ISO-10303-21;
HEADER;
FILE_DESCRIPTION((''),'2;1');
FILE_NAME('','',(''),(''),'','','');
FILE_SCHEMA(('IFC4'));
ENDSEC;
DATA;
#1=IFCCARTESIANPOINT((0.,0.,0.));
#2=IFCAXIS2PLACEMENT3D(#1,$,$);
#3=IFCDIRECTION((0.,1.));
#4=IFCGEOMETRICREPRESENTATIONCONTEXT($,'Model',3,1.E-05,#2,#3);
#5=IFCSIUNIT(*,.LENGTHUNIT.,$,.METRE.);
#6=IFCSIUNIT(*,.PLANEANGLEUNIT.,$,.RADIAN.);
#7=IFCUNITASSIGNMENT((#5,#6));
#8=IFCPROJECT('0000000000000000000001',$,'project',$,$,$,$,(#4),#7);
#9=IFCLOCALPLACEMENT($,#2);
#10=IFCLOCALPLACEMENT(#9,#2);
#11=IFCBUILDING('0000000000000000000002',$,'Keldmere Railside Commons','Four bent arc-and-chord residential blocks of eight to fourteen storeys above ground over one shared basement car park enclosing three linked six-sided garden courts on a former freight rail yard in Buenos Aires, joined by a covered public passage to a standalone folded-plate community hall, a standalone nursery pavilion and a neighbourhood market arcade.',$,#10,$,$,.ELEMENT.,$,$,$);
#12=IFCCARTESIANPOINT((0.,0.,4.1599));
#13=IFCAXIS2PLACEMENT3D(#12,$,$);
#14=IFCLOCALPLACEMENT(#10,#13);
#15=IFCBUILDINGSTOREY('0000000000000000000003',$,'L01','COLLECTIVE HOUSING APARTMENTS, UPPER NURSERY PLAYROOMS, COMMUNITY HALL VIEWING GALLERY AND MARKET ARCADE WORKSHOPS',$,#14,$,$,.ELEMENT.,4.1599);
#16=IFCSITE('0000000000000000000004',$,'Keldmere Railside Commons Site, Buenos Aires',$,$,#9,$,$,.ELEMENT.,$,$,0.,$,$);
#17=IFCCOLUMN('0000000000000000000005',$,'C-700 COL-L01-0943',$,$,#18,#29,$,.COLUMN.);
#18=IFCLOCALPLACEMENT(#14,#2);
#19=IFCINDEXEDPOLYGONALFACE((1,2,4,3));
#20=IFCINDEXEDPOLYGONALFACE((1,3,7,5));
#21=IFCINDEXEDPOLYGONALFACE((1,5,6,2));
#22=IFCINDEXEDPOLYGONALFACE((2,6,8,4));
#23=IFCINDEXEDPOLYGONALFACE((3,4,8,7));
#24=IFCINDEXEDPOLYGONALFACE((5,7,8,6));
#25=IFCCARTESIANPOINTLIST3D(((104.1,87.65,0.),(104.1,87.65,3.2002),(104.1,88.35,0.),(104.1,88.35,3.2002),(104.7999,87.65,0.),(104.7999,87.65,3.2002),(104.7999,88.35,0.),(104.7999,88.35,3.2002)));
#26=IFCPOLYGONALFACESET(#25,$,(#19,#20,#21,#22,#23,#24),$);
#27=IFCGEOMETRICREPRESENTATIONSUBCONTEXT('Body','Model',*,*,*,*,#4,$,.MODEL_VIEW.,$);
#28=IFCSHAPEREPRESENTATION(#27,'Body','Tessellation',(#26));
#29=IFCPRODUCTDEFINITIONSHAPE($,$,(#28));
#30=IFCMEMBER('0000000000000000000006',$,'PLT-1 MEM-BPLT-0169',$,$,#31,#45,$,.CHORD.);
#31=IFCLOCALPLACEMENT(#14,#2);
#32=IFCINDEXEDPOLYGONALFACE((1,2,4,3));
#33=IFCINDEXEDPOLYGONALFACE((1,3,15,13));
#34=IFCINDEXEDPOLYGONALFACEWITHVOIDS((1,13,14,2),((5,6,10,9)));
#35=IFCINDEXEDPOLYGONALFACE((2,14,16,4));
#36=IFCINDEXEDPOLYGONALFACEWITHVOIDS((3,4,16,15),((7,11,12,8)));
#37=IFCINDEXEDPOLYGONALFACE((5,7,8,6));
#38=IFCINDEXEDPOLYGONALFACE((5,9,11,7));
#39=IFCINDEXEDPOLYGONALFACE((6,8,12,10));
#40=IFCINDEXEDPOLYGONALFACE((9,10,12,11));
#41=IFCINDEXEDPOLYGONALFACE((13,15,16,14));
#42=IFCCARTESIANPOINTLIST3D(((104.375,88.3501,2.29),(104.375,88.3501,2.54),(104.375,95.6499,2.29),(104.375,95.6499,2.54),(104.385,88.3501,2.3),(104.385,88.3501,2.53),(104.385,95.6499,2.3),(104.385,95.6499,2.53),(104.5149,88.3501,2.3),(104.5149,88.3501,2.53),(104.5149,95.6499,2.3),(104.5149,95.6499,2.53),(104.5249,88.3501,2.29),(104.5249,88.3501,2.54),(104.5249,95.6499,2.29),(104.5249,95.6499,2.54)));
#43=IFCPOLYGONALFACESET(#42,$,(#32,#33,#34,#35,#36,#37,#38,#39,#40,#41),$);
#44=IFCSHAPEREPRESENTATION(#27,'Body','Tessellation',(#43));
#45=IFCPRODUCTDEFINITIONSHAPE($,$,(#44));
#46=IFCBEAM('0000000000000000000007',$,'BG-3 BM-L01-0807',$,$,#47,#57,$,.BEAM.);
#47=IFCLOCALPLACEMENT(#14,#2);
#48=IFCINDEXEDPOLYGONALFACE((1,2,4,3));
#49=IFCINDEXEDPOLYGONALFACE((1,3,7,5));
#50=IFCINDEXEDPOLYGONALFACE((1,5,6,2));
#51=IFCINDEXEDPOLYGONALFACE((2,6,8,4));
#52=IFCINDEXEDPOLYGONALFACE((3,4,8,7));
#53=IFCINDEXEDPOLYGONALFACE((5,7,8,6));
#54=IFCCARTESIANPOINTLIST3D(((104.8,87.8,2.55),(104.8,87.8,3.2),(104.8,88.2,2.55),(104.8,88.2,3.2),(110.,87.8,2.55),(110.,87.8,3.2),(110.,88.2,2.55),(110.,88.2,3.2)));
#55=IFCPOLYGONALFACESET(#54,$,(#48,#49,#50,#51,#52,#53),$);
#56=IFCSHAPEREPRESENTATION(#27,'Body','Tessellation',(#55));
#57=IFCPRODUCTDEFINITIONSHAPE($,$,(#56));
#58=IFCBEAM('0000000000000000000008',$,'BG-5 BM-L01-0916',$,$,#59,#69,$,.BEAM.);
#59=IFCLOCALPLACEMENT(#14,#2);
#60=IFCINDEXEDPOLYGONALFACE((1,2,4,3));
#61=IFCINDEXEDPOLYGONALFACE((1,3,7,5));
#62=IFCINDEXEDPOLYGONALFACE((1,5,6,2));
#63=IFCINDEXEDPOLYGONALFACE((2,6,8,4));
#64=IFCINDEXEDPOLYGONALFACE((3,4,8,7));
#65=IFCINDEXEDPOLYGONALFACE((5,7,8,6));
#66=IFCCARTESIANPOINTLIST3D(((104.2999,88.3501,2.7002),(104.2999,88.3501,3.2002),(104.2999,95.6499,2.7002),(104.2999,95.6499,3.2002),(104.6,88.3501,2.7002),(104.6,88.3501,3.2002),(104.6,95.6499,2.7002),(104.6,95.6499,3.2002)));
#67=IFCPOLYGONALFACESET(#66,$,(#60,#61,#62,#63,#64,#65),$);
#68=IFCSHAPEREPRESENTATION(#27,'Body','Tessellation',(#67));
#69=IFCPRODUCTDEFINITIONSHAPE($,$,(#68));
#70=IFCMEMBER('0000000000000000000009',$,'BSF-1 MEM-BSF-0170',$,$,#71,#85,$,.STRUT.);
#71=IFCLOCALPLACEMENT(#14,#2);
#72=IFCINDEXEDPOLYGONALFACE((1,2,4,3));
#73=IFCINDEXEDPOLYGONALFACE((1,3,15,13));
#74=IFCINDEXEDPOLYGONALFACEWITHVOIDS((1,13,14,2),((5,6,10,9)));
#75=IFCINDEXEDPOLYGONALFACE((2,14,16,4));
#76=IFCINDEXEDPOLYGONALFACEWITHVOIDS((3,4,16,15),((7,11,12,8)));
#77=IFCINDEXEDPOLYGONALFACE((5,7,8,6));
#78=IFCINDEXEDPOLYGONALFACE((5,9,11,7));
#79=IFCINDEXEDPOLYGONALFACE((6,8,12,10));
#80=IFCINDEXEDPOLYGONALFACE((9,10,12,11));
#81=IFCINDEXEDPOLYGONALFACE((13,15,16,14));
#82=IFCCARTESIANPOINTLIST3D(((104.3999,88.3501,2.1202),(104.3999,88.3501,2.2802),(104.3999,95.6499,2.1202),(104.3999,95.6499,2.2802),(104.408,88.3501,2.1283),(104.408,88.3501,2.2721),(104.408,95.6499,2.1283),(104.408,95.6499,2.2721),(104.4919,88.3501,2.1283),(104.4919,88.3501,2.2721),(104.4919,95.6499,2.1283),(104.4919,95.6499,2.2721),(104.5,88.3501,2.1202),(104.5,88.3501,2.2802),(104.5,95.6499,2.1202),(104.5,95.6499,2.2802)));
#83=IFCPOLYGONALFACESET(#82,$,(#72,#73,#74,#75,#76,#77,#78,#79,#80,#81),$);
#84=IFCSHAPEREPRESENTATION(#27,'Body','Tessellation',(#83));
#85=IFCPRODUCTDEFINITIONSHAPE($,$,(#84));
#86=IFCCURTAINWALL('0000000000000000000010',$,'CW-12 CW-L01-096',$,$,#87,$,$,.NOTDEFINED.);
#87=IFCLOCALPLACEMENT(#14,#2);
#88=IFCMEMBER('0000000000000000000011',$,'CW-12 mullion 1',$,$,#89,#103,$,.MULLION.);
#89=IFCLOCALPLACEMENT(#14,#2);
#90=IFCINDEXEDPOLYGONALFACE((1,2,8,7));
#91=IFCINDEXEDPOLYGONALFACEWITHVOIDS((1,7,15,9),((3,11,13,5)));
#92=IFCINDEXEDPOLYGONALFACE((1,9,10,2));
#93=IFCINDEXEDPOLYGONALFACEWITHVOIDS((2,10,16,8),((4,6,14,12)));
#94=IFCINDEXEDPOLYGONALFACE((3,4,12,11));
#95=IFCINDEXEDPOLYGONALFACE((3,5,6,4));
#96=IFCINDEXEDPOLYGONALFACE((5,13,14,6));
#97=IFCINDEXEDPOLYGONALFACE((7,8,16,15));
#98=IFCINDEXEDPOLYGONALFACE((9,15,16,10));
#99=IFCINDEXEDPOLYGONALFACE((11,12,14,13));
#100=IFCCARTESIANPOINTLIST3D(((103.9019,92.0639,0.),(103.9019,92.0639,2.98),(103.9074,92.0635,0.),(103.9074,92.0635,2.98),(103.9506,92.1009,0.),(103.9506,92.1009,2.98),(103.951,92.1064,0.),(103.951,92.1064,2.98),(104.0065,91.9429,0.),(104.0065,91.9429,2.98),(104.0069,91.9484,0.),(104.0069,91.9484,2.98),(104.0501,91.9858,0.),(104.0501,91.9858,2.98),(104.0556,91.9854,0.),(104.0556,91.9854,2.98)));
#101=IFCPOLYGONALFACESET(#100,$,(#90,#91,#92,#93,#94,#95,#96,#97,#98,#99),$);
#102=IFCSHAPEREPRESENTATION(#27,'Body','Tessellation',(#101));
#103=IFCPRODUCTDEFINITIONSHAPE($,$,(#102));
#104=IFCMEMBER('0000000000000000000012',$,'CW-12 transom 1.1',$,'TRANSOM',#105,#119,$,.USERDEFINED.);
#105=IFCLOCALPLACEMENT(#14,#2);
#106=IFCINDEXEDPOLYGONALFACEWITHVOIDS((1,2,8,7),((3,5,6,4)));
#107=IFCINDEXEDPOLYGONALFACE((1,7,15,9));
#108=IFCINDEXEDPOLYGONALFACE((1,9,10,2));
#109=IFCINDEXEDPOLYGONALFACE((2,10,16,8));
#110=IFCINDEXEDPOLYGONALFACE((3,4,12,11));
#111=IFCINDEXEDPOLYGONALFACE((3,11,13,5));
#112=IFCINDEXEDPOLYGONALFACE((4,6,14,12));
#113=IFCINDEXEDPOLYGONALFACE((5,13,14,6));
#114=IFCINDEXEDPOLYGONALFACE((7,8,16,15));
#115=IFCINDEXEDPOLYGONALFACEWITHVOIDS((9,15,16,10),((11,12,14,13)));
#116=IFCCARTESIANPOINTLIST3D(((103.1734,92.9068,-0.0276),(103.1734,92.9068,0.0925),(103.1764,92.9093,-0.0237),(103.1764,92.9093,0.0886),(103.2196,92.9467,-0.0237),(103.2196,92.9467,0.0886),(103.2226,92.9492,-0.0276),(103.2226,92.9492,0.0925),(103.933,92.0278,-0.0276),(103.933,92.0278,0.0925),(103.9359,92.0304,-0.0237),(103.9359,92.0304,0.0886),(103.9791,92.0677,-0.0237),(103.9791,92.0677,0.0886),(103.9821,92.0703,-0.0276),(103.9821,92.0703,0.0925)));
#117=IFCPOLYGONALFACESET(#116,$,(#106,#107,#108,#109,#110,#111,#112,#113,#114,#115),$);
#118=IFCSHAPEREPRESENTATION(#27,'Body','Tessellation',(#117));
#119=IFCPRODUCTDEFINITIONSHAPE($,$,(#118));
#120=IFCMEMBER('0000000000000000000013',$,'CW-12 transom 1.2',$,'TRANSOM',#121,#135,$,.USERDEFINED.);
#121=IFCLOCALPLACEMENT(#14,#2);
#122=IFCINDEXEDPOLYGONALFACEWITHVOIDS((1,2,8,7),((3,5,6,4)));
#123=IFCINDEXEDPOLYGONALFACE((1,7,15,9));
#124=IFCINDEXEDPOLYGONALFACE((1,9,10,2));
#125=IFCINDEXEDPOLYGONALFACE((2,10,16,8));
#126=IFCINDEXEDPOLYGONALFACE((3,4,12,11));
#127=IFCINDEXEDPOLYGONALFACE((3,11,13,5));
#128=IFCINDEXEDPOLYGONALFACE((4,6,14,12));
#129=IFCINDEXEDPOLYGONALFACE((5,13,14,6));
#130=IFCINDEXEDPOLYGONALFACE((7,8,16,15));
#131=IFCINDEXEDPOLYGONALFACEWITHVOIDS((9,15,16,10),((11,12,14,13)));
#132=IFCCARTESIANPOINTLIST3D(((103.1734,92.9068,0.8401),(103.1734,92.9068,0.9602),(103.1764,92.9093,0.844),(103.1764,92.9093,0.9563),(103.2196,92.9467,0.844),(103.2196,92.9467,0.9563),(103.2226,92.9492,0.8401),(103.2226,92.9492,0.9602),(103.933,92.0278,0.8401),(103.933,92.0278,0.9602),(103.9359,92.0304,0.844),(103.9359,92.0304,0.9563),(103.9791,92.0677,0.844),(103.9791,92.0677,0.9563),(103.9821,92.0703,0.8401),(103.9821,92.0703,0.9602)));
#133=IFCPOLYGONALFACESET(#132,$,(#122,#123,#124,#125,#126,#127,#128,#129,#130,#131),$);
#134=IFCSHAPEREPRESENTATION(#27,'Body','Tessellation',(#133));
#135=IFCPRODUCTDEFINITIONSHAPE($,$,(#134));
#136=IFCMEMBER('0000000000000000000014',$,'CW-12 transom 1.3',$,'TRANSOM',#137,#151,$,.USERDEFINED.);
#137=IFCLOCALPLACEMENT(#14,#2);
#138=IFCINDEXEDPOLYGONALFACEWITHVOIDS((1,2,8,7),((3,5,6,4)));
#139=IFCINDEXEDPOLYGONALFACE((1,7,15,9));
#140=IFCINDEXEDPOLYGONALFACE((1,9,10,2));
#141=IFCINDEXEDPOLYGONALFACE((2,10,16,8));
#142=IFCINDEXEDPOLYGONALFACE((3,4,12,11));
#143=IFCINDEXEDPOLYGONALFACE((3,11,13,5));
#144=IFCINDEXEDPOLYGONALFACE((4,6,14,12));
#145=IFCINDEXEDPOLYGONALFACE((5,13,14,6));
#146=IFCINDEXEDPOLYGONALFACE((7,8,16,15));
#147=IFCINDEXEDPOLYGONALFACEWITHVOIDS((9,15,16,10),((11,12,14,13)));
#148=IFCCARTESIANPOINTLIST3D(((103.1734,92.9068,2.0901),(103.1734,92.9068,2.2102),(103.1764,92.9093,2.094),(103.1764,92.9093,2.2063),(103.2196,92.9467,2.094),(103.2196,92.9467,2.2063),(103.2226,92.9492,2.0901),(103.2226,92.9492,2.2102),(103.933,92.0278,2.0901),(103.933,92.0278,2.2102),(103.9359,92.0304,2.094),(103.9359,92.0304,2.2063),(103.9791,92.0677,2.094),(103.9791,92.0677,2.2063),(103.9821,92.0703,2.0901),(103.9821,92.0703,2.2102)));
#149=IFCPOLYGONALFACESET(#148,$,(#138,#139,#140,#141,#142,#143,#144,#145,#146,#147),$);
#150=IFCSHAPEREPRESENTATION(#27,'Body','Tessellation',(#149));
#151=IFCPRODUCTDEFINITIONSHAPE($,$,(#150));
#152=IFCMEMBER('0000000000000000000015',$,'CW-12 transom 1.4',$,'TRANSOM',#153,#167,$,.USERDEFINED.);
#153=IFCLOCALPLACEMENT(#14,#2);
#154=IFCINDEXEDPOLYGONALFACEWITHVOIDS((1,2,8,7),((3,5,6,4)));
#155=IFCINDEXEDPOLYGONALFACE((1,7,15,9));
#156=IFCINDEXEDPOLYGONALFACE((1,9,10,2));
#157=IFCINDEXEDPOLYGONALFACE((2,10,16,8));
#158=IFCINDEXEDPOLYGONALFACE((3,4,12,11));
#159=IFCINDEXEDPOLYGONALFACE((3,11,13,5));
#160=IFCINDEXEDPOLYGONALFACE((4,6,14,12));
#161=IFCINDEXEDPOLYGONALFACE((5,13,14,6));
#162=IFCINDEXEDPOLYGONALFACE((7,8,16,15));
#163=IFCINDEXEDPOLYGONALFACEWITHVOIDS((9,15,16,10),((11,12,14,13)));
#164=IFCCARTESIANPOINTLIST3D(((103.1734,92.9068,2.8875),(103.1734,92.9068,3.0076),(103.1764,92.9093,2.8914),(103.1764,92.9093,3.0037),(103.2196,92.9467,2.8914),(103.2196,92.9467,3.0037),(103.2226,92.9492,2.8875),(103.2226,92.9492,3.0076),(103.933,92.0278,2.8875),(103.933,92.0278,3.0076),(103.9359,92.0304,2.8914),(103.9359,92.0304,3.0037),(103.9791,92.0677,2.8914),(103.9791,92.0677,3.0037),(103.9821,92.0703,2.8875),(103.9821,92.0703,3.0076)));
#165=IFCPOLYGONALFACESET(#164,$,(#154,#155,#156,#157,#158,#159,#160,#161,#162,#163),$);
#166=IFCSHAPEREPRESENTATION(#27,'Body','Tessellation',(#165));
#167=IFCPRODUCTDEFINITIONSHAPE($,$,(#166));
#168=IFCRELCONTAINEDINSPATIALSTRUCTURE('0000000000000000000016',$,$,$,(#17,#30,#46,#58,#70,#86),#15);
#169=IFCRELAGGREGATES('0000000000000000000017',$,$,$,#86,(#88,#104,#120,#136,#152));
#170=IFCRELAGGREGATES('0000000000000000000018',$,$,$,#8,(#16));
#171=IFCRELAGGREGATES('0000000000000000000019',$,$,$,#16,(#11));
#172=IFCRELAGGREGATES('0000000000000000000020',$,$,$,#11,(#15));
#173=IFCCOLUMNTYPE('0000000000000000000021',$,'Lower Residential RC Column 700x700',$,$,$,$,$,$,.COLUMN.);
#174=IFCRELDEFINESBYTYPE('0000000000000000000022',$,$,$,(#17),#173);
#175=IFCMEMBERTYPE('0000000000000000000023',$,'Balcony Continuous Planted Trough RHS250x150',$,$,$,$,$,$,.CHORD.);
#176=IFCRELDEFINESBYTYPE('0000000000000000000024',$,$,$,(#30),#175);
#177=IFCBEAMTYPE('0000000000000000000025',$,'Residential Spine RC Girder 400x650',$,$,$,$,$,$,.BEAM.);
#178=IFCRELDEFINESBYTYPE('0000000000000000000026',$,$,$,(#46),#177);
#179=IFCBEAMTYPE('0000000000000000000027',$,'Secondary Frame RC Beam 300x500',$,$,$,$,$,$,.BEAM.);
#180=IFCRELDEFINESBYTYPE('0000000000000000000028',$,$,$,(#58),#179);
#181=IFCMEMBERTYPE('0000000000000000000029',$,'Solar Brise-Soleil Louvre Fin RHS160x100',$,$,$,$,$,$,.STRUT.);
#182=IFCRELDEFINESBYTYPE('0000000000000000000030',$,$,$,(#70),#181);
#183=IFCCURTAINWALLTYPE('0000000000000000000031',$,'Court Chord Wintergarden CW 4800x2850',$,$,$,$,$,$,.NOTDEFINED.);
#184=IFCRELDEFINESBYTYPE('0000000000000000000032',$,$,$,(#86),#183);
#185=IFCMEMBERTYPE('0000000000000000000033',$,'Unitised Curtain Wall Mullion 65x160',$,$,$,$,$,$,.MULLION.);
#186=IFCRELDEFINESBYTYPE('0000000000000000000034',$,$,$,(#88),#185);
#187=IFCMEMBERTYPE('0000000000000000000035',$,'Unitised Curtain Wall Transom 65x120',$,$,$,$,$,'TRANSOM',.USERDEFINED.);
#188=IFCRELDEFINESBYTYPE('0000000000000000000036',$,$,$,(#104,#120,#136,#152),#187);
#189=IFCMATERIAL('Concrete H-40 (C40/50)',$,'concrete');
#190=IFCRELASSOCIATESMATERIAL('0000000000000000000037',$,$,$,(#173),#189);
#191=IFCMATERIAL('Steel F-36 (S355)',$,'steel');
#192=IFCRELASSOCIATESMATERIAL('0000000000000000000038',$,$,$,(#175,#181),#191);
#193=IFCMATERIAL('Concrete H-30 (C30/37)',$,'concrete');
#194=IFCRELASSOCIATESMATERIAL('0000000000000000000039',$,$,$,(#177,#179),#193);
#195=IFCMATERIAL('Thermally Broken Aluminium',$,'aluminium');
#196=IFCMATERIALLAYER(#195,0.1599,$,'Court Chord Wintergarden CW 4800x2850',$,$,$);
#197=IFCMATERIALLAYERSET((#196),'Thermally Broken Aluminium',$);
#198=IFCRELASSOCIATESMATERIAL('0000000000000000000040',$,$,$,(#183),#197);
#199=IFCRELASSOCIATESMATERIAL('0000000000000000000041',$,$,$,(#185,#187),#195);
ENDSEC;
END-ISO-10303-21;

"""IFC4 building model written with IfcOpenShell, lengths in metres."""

from ifc_helpers import new_model, si_unit, direction, frame, origin, origin_2d, place, context, subcontext, project, spatial, rectangle, hollow_rectangle, extrude, material, layer, layer_set, material_profile, profile_set, type_object, element, aggregate, save


model = new_model("IFC4")

# Units and contexts
model_context = context("Model", 3, precision=1e-05, world=origin(), true_north=direction((0.0, 1.0)))
body_context = subcontext(model_context, "Body", "Model", "MODEL_VIEW")
ifc_project = project(units=[si_unit("LENGTHUNIT", "METRE"), si_unit("PLANEANGLEUNIT", "RADIAN")], contexts=[model_context])

# Site, building, storey
site_placement = place(None, origin())
site = spatial("IfcSite", under=ifc_project, at=site_placement, Name="Keldmere Railside Commons Site, Buenos Aires", CompositionType="ELEMENT", RefElevation=0.0)
building_placement = place(site_placement, origin())
building = spatial("IfcBuilding", under=site, at=building_placement, Name="Keldmere Railside Commons", Description="Four bent arc-and-chord residential blocks of eight to fourteen storeys above ground over one shared basement car park enclosing three linked six-sided garden courts on a former freight rail yard in Buenos Aires, joined by a covered public passage to a standalone folded-plate community hall, a standalone nursery pavilion and a neighbourhood market arcade.", CompositionType="ELEMENT")
storey_placement = place(building_placement, frame((0.0, 0.0, 4.1599)))
storey = spatial("IfcBuildingStorey", under=building, at=storey_placement, Name="L01", Description="COLLECTIVE HOUSING APARTMENTS, UPPER NURSERY PLAYROOMS, COMMUNITY HALL VIEWING GALLERY AND MARKET ARCADE WORKSHOPS", CompositionType="ELEMENT", Elevation=4.1599)

# Column
ifc_material_1 = material(Name="Concrete H-40 (C40/50)", Category="concrete")
ifc_material_profile_1 = material_profile(ifc_material_1, rectangle(XDim=0.7, YDim=0.7, at=origin_2d()), Name="RC-700x700")
ifc_profile_set_1 = profile_set([ifc_material_profile_1], Name="Concrete H-40 (C40/50)")
column_type = type_object("IfcColumnType", Name="Lower Residential RC Column 700x700", PredefinedType="COLUMN", material=ifc_profile_set_1)
column_placement = place(storey_placement, frame((104.45, 88.0, 0.0), z_axis=(0.0, 0.0, 1.0), x_axis=(1.0, 0.0, 0.0)))
element("IfcColumn", 1, at=column_placement, inside=storey, type_object=column_type, Name="C-700 COL-L01-0943", PredefinedType="COLUMN", context=body_context, shape_type="SweptSolid", body=[
    extrude(rectangle(XDim=0.7, YDim=0.7, at=origin_2d()), origin(), (0.0, 0.0, 1.0), 3.2002),
])

# Member
ifc_material_2 = material(Name="Steel F-36 (S355)", Category="steel")
ifc_material_profile_2 = material_profile(ifc_material_2, hollow_rectangle(XDim=0.1499, YDim=0.25, WallThickness=0.01, at=origin_2d()), Name="RHS-250x150x10")
ifc_profile_set_2 = profile_set([ifc_material_profile_2], Name="Steel F-36 (S355)")
member_type_1 = type_object("IfcMemberType", Name="Balcony Continuous Planted Trough RHS250x150", PredefinedType="CHORD", material=ifc_profile_set_2)
member_1_placement = place(storey_placement, frame((104.45, 88.3501, 2.415), z_axis=(0.0, 1.0, 0.0), x_axis=(-1.0, 0.0, 0.0)))
element("IfcMember", 2, at=member_1_placement, inside=storey, type_object=member_type_1, Name="PLT-1 MEM-BPLT-0169", PredefinedType="CHORD", context=body_context, shape_type="SweptSolid", body=[
    extrude(hollow_rectangle(XDim=0.1499, YDim=0.25, WallThickness=0.01, at=origin_2d()), origin(), (0.0, 0.0, 1.0), 7.2998),
])

# Beams
ifc_material_3 = material(Name="Concrete H-30 (C30/37)", Category="concrete")
ifc_material_profile_3 = material_profile(ifc_material_3, rectangle(XDim=0.3999, YDim=0.6499, at=origin_2d()), Name="RC-400x650")
ifc_profile_set_3 = profile_set([ifc_material_profile_3], Name="Concrete H-30 (C30/37)")
beam_type_1 = type_object("IfcBeamType", Name="Residential Spine RC Girder 400x650", PredefinedType="BEAM", material=ifc_profile_set_3)
beam_1_placement = place(storey_placement, frame((104.8, 88.0, 2.875), z_axis=(1.0, 0.0, 0.0), x_axis=(0.0, 1.0, 0.0)))
element("IfcBeam", 3, at=beam_1_placement, inside=storey, type_object=beam_type_1, Name="BG-3 BM-L01-0807", PredefinedType="BEAM", context=body_context, shape_type="SweptSolid", body=[
    extrude(rectangle(XDim=0.3999, YDim=0.6499, at=origin_2d()), origin(), (0.0, 0.0, 1.0), 5.2),
])
ifc_material_profile_4 = material_profile(ifc_material_3, rectangle(XDim=0.3, YDim=0.5, at=origin_2d()), Name="RC-300x500")
ifc_profile_set_4 = profile_set([ifc_material_profile_4], Name="Concrete H-30 (C30/37)")
beam_type_2 = type_object("IfcBeamType", Name="Secondary Frame RC Beam 300x500", PredefinedType="BEAM", material=ifc_profile_set_4)
beam_2_placement = place(storey_placement, frame((104.45, 88.3501, 2.9502), z_axis=(0.0, 1.0, 0.0), x_axis=(-1.0, 0.0, 0.0)))
element("IfcBeam", 4, at=beam_2_placement, inside=storey, type_object=beam_type_2, Name="BG-5 BM-L01-0916", PredefinedType="BEAM", context=body_context, shape_type="SweptSolid", body=[
    extrude(rectangle(XDim=0.3, YDim=0.5, at=origin_2d()), origin(), (0.0, 0.0, 1.0), 7.2998),
])

# Member
ifc_material_profile_5 = material_profile(ifc_material_2, hollow_rectangle(XDim=0.1001, YDim=0.1599, WallThickness=0.0081, at=origin_2d()), Name="RHS-160x100x8")
ifc_profile_set_5 = profile_set([ifc_material_profile_5], Name="Steel F-36 (S355)")
member_type_2 = type_object("IfcMemberType", Name="Solar Brise-Soleil Louvre Fin RHS160x100", PredefinedType="STRUT", material=ifc_profile_set_5)
member_2_placement = place(storey_placement, frame((104.45, 88.3501, 2.2002), z_axis=(0.0, 1.0, 0.0), x_axis=(-1.0, 0.0, 0.0)))
element("IfcMember", 5, at=member_2_placement, inside=storey, type_object=member_type_2, Name="BSF-1 MEM-BSF-0170", PredefinedType="STRUT", context=body_context, shape_type="SweptSolid", body=[
    extrude(hollow_rectangle(XDim=0.1001, YDim=0.1599, WallThickness=0.0081, at=origin_2d()), origin(), (0.0, 0.0, 1.0), 7.2998),
])

# Curtain wall, members
ifc_material_4 = material(Name="Thermally Broken Aluminium", Category="aluminium")
ifc_layer_1 = layer(ifc_material_4, 0.1599, Name="Court Chord Wintergarden CW 4800x2850")
ifc_layer_set_1 = layer_set([ifc_layer_1], Name="Thermally Broken Aluminium")
curtain_wall_type = type_object("IfcCurtainWallType", Name="Court Chord Wintergarden CW 4800x2850", PredefinedType="NOTDEFINED", material=ifc_layer_set_1)
curtain_wall_placement = place(storey_placement, origin())
curtain_wall = element("IfcCurtainWall", 6, at=curtain_wall_placement, inside=storey, type_object=curtain_wall_type, Name="CW-12 CW-L01-096", PredefinedType="NOTDEFINED")
ifc_material_profile_6 = material_profile(ifc_material_4, hollow_rectangle(XDim=0.0649, YDim=0.1599, WallThickness=0.0039, at=origin_2d()), Name="ALU-MULL-65x160")
ifc_profile_set_6 = profile_set([ifc_material_profile_6], Name="Thermally Broken Aluminium")
member_type_3 = type_object("IfcMemberType", Name="Unitised Curtain Wall Mullion 65x160", PredefinedType="MULLION", material=ifc_profile_set_6)
member_3_placement = place(storey_placement, frame((103.9788, 92.0247, 0.0), z_axis=(0.0, 0.0, 1.0), x_axis=(-0.756597, -0.653882, 0.0)))
member_3 = element("IfcMember", 7, at=member_3_placement, type_object=member_type_3, Name="CW-12 mullion 1", PredefinedType="MULLION", context=body_context, shape_type="SweptSolid", body=[
    extrude(hollow_rectangle(XDim=0.0649, YDim=0.1599, WallThickness=0.0039, at=origin_2d()), origin(), (0.0, 0.0, 1.0), 2.98),
])
ifc_material_profile_7 = material_profile(ifc_material_4, hollow_rectangle(XDim=0.0649, YDim=0.1201, WallThickness=0.0039, at=origin_2d()), Name="ALU-TRAN-65x120")
ifc_profile_set_7 = profile_set([ifc_material_profile_7], Name="Thermally Broken Aluminium")
member_type_4 = type_object("IfcMemberType", Name="Unitised Curtain Wall Transom 65x120", ElementType="TRANSOM", PredefinedType="USERDEFINED", material=ifc_profile_set_7)
member_4_placement = place(storey_placement, frame((103.9575, 92.0491, 0.0325), z_axis=(-0.65385, 0.756624, 0.0), x_axis=(-0.756624, -0.65385, 0.0)))
member_4 = element("IfcMember", 8, at=member_4_placement, type_object=member_type_4, Name="CW-12 transom 1.1", ObjectType="TRANSOM", PredefinedType="USERDEFINED", context=body_context, shape_type="SweptSolid", body=[
    extrude(hollow_rectangle(XDim=0.0649, YDim=0.1201, WallThickness=0.0039, at=origin_2d()), origin(), (0.0, 0.0, 1.0), 1.1616),
])
member_5_placement = place(storey_placement, frame((103.9575, 92.0491, 0.9001), z_axis=(-0.65385, 0.756624, 0.0), x_axis=(-0.756624, -0.65385, 0.0)))
member_5 = element("IfcMember", 9, at=member_5_placement, type_object=member_type_4, Name="CW-12 transom 1.2", ObjectType="TRANSOM", PredefinedType="USERDEFINED", context=body_context, shape_type="SweptSolid", body=[
    extrude(hollow_rectangle(XDim=0.0649, YDim=0.1201, WallThickness=0.0039, at=origin_2d()), origin(), (0.0, 0.0, 1.0), 1.1616),
])
member_6_placement = place(storey_placement, frame((103.9575, 92.0491, 2.1501), z_axis=(-0.65385, 0.756624, 0.0), x_axis=(-0.756624, -0.65385, 0.0)))
member_6 = element("IfcMember", 10, at=member_6_placement, type_object=member_type_4, Name="CW-12 transom 1.3", ObjectType="TRANSOM", PredefinedType="USERDEFINED", context=body_context, shape_type="SweptSolid", body=[
    extrude(hollow_rectangle(XDim=0.0649, YDim=0.1201, WallThickness=0.0039, at=origin_2d()), origin(), (0.0, 0.0, 1.0), 1.1616),
])
member_7_placement = place(storey_placement, frame((103.9575, 92.0491, 2.9475), z_axis=(-0.65385, 0.756624, 0.0), x_axis=(-0.756624, -0.65385, 0.0)))
member_7 = element("IfcMember", 11, at=member_7_placement, type_object=member_type_4, Name="CW-12 transom 1.4", ObjectType="TRANSOM", PredefinedType="USERDEFINED", context=body_context, shape_type="SweptSolid", body=[
    extrude(hollow_rectangle(XDim=0.0649, YDim=0.1201, WallThickness=0.0039, at=origin_2d()), origin(), (0.0, 0.0, 1.0), 1.1616),
])
aggregate(curtain_wall, [member_3, member_4, member_5, member_6, member_7])

save(model, "model.ifc")
